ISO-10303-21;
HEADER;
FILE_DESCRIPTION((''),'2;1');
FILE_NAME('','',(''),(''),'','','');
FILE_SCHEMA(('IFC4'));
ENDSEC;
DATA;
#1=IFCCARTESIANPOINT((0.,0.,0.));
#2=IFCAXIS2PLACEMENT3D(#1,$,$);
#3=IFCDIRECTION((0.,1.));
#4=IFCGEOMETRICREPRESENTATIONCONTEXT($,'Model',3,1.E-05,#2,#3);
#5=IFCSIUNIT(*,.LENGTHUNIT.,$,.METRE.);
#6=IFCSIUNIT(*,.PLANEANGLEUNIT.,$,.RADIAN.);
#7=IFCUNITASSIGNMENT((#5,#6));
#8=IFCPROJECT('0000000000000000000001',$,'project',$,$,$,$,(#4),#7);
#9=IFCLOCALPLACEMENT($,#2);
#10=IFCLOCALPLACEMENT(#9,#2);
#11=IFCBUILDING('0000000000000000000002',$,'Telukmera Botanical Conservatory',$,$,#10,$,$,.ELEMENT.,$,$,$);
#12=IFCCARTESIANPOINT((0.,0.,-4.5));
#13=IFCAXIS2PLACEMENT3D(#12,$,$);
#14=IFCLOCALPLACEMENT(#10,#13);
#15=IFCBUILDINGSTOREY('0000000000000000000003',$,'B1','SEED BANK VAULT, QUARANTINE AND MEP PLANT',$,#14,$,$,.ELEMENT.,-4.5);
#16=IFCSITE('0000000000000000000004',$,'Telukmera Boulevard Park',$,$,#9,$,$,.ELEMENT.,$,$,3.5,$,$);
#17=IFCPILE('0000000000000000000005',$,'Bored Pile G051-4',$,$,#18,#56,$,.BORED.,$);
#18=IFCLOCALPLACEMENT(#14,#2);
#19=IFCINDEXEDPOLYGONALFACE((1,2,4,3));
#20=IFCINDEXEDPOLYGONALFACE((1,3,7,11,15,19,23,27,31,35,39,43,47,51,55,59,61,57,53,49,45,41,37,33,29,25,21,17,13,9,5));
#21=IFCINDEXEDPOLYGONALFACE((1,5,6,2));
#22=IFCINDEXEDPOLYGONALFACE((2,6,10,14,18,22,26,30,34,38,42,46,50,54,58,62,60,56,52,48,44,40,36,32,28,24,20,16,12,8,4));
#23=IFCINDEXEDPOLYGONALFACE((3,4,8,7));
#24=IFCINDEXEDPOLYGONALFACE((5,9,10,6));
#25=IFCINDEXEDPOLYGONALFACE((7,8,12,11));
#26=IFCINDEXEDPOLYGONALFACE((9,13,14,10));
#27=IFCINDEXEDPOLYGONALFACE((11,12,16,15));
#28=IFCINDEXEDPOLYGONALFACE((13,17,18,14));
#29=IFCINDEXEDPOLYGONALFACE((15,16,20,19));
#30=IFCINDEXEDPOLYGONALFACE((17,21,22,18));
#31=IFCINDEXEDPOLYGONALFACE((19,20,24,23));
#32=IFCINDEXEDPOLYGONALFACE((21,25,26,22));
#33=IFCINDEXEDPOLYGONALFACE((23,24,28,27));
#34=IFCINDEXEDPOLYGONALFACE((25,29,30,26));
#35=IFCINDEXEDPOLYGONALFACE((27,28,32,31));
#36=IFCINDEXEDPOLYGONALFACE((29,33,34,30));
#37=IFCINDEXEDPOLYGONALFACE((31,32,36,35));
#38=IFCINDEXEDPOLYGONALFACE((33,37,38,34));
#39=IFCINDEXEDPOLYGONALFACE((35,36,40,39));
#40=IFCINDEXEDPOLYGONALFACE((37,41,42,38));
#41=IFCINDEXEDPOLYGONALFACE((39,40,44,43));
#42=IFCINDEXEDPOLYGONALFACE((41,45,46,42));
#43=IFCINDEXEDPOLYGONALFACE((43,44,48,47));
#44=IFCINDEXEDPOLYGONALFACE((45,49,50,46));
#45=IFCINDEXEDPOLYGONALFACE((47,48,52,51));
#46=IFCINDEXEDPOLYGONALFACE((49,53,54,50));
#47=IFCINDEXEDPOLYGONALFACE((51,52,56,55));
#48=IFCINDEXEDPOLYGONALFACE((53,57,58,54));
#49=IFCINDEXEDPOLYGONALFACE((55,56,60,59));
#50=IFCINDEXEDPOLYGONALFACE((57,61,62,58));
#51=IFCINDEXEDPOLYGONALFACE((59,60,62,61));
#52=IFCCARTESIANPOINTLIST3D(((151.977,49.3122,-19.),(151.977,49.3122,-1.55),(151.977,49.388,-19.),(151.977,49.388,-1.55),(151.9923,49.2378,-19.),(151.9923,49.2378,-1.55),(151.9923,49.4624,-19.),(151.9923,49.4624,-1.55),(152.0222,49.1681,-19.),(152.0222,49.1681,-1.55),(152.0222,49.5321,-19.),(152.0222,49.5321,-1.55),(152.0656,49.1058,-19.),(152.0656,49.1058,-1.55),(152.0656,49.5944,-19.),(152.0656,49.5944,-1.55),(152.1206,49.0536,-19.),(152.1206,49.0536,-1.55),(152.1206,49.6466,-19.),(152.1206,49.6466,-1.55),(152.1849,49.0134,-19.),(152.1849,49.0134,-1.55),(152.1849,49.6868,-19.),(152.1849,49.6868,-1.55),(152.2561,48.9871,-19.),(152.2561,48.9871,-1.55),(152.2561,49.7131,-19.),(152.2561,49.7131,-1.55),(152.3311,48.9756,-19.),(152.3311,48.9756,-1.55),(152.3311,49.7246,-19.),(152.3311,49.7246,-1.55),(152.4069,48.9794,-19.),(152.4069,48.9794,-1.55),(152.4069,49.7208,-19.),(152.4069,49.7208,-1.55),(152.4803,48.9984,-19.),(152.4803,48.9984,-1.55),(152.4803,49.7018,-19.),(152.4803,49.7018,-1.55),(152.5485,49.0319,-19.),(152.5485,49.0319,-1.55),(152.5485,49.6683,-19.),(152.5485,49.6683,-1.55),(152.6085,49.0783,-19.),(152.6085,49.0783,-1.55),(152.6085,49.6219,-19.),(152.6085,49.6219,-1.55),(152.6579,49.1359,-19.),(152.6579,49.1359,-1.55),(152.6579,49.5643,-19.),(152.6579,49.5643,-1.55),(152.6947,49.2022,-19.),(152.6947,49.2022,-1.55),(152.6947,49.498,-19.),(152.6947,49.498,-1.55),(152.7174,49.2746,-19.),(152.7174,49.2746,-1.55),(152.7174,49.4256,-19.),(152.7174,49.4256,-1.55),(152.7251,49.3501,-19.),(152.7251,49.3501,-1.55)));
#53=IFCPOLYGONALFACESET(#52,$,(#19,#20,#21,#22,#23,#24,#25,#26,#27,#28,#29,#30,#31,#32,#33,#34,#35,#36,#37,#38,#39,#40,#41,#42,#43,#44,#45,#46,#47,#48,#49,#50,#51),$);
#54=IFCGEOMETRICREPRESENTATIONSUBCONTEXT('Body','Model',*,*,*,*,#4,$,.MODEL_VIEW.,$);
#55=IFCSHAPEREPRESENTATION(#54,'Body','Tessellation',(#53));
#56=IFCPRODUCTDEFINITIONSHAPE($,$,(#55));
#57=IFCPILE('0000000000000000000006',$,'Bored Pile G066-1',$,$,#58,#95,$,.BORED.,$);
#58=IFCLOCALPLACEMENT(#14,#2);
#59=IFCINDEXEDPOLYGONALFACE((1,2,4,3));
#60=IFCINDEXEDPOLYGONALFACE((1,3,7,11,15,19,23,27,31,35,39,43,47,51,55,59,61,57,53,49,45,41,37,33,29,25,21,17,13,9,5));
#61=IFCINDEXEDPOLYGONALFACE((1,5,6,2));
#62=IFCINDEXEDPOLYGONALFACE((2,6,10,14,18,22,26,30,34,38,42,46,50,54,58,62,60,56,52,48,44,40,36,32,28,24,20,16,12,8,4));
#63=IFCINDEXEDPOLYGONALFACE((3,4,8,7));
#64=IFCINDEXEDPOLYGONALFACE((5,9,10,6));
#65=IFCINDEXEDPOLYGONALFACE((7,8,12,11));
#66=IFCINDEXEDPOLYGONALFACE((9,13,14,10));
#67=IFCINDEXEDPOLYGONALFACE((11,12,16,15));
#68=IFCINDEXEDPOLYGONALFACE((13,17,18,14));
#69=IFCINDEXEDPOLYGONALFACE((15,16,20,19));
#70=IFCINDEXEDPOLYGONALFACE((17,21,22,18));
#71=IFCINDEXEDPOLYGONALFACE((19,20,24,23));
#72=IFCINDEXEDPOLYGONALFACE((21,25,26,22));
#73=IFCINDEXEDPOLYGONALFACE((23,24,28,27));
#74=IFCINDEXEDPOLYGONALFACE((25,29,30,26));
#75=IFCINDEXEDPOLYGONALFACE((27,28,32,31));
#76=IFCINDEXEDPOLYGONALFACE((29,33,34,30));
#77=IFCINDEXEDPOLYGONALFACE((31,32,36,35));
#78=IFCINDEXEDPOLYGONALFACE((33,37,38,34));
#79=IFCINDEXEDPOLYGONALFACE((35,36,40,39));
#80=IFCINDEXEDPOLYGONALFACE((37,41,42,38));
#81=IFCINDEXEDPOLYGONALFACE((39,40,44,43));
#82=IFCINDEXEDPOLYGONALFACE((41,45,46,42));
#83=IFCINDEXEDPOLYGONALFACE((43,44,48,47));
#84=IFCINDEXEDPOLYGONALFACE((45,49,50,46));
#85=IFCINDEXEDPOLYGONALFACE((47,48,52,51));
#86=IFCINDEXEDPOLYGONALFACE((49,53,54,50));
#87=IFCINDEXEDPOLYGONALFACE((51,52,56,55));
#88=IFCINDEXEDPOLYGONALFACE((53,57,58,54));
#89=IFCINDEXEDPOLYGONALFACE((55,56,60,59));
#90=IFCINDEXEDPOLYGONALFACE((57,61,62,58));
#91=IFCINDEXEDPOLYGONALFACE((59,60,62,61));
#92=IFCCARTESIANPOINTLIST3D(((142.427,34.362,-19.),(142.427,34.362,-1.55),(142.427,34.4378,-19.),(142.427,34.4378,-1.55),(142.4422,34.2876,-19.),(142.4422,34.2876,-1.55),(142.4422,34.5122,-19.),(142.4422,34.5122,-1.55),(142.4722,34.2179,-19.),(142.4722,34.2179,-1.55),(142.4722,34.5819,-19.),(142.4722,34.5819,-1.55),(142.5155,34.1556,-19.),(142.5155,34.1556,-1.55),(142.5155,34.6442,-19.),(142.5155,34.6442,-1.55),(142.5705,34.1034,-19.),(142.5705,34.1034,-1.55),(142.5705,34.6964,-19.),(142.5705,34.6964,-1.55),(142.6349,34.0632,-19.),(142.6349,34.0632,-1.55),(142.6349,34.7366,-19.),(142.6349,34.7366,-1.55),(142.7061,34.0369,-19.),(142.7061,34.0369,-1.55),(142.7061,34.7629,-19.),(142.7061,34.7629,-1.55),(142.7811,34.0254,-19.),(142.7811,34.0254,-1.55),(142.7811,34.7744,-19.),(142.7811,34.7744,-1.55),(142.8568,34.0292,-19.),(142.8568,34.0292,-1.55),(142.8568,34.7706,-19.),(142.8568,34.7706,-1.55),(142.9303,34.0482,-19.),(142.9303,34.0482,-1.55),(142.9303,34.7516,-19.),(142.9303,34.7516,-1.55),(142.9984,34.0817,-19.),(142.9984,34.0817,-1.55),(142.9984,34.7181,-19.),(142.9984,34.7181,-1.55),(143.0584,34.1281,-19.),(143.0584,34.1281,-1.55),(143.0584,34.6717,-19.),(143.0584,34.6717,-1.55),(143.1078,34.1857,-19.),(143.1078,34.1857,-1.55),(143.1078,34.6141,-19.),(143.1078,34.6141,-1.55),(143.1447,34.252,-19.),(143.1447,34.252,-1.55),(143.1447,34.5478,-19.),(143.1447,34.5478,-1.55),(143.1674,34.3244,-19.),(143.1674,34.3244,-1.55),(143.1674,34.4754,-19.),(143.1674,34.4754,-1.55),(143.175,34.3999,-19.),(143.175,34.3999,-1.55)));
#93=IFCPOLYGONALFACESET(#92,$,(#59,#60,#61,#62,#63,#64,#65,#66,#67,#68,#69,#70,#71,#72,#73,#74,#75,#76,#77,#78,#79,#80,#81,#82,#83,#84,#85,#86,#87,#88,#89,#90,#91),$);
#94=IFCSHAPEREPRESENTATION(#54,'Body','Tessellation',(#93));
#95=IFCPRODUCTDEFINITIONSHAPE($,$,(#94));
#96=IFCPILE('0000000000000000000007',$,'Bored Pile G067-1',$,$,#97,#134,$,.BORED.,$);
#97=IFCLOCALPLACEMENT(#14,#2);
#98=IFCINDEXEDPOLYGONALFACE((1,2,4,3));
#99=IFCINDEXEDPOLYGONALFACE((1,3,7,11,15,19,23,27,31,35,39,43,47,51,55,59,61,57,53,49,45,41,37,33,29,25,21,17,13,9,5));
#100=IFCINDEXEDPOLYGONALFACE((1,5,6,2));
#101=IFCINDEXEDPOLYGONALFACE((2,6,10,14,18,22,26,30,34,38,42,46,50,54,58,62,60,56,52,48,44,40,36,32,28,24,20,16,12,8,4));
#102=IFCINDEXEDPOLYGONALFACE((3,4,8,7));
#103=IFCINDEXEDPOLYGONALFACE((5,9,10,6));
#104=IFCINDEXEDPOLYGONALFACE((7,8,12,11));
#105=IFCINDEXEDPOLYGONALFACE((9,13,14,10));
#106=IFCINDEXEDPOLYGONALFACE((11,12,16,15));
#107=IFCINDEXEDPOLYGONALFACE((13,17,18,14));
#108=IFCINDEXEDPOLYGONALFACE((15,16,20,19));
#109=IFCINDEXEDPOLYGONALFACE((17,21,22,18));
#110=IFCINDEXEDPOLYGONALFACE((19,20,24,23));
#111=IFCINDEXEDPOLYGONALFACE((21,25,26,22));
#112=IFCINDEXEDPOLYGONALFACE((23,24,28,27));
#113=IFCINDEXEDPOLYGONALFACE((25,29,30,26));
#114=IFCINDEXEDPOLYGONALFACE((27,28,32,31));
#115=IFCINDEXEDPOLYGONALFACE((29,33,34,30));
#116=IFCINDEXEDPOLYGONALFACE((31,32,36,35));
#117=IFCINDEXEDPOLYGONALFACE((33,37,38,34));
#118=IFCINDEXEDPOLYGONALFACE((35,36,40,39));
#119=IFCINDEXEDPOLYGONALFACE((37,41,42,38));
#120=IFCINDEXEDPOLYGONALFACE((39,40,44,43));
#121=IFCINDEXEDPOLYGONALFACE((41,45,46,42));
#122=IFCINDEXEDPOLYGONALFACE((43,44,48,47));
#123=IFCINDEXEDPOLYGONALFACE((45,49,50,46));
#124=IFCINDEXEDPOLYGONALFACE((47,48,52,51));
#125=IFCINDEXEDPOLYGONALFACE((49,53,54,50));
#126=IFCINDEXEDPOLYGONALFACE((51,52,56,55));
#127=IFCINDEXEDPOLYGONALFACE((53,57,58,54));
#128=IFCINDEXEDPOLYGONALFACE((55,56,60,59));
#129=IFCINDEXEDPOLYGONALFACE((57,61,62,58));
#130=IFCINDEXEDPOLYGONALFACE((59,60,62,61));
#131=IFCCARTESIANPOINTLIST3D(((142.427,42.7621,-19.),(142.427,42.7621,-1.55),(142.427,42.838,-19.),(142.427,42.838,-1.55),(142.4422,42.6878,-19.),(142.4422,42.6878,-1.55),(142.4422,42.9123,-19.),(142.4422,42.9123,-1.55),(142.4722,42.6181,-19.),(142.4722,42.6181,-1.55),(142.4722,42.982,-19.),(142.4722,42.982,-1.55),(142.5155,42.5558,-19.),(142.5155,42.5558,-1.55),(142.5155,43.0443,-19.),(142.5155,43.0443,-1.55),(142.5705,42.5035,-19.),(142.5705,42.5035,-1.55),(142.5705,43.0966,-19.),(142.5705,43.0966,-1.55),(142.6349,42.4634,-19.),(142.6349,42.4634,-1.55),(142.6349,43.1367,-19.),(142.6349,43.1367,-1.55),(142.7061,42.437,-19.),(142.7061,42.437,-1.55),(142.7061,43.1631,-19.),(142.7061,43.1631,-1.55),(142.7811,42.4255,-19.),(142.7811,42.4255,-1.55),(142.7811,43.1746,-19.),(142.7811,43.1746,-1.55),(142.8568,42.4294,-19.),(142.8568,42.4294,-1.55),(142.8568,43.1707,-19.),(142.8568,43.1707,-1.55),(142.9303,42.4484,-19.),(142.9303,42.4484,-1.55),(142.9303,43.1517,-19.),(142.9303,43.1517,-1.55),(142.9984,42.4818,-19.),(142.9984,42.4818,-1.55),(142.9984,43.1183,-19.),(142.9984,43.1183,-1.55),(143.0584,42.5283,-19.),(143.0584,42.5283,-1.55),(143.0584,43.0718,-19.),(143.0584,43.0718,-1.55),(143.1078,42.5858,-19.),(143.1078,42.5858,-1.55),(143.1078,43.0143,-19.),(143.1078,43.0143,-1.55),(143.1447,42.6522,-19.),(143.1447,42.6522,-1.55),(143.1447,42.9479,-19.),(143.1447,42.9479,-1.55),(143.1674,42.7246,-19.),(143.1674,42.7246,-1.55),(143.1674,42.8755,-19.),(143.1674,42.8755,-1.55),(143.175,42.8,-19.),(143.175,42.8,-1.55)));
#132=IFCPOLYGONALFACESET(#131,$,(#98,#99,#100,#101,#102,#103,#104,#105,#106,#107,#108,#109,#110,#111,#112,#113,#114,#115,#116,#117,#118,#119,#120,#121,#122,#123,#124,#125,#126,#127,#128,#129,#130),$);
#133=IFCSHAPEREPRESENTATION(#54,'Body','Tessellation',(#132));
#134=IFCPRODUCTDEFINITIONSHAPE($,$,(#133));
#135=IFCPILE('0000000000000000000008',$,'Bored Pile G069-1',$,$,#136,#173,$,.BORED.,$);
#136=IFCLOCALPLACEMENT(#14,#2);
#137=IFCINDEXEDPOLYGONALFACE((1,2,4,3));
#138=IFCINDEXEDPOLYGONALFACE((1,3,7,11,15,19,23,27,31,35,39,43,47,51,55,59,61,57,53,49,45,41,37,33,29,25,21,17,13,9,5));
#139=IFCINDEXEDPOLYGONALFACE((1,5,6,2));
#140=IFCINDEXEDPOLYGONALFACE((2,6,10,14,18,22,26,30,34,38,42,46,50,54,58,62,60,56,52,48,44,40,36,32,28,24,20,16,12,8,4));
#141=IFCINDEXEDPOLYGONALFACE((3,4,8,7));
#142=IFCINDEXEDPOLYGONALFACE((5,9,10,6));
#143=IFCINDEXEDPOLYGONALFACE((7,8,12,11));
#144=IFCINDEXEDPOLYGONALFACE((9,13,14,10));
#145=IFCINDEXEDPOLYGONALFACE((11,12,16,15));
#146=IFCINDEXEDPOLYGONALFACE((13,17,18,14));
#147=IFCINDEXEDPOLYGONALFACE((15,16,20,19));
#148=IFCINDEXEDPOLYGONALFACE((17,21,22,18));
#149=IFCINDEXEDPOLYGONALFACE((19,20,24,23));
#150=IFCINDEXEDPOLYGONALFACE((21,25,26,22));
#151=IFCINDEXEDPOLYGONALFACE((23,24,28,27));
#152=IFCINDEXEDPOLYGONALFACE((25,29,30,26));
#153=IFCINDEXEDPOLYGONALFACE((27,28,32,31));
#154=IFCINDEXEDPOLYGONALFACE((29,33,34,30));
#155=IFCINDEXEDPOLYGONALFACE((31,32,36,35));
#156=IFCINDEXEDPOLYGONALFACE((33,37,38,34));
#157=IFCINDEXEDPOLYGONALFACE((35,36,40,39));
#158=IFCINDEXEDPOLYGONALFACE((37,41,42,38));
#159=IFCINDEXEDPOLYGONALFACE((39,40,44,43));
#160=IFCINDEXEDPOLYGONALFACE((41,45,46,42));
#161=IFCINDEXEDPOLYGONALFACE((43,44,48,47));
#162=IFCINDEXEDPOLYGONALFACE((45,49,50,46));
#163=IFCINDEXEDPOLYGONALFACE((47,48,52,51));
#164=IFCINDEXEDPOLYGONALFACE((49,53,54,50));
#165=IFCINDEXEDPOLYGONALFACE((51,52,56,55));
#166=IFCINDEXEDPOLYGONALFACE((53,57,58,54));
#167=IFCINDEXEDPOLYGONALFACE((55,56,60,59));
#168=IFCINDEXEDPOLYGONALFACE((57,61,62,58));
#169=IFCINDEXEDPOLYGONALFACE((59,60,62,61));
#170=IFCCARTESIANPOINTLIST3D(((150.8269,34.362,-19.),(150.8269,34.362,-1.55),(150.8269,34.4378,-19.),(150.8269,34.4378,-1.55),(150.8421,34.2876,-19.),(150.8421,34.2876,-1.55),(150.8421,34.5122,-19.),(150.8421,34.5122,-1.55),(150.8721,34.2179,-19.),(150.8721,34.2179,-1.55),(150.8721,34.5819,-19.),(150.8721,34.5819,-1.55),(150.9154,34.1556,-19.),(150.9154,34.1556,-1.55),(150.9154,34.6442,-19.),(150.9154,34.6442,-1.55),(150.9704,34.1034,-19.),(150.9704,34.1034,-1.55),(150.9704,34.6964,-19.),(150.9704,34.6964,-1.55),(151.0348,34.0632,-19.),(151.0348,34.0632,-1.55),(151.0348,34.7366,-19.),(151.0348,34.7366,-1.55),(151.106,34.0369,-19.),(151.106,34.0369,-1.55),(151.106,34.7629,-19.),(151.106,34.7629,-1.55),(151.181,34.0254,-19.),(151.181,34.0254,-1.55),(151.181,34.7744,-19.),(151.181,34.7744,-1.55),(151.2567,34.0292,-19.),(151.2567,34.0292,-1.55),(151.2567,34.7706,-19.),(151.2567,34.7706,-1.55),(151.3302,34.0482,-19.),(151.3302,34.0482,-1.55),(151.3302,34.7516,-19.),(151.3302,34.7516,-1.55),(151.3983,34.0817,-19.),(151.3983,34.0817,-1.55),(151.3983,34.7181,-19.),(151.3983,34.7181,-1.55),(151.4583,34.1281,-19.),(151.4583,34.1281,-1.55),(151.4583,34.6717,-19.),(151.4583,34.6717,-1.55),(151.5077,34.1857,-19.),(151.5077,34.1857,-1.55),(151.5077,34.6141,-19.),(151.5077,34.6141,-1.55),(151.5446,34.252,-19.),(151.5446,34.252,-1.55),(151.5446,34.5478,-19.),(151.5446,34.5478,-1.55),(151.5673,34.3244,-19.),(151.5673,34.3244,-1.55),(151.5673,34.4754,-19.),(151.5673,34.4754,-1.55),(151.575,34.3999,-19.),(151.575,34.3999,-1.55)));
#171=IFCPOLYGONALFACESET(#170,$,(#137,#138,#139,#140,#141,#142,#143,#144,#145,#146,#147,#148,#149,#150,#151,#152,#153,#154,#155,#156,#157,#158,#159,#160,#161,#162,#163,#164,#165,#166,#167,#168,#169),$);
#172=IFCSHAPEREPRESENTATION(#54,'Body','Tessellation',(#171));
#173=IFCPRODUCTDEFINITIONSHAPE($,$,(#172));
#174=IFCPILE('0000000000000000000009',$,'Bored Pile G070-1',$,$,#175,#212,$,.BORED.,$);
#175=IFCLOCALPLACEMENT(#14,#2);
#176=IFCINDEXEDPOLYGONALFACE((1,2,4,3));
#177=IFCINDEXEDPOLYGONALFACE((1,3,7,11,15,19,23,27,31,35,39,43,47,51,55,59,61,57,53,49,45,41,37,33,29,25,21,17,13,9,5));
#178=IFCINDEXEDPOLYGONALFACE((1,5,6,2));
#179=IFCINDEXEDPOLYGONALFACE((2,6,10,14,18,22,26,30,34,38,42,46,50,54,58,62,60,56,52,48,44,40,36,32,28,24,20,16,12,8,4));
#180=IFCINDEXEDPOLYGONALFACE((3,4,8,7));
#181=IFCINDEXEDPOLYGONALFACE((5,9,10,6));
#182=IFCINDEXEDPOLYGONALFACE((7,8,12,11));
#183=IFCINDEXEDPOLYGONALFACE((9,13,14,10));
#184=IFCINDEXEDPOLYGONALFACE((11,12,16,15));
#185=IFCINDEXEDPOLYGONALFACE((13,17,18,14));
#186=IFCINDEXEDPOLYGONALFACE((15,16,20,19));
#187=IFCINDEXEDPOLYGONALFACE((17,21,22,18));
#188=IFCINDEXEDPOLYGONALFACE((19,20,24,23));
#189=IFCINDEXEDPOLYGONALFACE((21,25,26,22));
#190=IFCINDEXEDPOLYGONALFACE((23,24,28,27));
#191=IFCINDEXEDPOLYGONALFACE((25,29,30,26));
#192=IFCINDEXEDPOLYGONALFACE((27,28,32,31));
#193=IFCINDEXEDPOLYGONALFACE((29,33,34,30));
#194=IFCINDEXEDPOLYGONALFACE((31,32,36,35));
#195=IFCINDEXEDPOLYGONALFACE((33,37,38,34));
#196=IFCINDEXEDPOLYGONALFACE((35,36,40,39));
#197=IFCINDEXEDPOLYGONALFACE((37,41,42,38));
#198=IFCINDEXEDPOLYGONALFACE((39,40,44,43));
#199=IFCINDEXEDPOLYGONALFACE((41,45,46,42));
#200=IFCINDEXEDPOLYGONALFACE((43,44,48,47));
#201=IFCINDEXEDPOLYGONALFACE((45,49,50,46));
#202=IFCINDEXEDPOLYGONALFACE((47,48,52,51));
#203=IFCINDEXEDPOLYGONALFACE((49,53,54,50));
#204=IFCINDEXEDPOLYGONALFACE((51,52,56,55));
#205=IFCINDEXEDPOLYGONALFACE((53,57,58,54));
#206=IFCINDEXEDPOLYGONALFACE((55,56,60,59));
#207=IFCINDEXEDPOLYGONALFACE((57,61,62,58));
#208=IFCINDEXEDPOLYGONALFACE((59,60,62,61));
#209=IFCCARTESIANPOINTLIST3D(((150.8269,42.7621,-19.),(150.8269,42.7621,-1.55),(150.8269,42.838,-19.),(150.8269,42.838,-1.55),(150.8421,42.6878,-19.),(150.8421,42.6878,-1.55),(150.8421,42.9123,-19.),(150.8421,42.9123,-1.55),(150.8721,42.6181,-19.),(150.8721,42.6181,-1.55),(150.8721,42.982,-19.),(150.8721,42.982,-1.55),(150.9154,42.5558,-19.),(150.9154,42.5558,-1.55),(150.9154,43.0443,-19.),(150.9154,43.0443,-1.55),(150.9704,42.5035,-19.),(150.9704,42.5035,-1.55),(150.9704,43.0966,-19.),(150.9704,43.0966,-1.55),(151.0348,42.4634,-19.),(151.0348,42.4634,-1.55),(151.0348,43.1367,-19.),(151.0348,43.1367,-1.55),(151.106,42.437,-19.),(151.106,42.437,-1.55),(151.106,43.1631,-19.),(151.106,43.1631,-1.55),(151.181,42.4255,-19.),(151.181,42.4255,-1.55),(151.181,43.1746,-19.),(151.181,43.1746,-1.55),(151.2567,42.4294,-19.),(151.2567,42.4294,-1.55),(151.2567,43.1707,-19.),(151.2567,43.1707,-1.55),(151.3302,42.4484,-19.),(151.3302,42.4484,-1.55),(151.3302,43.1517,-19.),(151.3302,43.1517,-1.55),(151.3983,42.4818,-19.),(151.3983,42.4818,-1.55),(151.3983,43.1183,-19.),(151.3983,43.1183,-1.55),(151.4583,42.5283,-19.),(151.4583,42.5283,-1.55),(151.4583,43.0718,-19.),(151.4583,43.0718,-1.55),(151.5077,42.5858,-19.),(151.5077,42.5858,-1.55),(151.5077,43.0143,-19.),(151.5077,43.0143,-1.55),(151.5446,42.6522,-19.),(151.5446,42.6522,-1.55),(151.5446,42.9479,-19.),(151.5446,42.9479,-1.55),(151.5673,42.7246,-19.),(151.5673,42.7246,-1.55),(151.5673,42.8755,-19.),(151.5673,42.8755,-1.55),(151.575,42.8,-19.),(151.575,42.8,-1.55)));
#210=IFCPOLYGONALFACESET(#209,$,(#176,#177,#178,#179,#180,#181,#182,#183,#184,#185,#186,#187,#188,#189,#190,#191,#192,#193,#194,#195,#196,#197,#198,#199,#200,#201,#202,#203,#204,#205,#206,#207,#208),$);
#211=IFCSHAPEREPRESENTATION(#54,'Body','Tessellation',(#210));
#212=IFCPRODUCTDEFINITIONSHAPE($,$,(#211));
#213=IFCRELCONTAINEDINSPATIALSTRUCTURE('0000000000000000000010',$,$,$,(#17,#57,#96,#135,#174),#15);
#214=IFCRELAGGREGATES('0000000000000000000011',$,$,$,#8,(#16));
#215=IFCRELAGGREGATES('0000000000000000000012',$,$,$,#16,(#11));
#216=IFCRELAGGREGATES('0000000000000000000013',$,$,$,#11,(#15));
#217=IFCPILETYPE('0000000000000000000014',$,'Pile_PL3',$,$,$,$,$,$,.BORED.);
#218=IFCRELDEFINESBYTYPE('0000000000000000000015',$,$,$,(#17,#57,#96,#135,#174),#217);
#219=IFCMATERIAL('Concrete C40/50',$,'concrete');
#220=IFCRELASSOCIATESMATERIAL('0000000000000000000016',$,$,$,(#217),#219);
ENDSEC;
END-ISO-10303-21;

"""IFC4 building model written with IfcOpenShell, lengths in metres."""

from ifc_helpers import new_model, si_unit, direction, frame, origin, origin_2d, place, context, subcontext, project, spatial, circle, extrude, material, material_profile, profile_set, type_object, element, save


model = new_model("IFC4")

# Units and contexts
model_context = context("Model", 3, precision=1e-05, world=origin(), true_north=direction((0.0, 1.0)))
body_context = subcontext(model_context, "Body", "Model", "MODEL_VIEW")
ifc_project = project(units=[si_unit("LENGTHUNIT", "METRE"), si_unit("PLANEANGLEUNIT", "RADIAN")], contexts=[model_context])

# Site, building, storey
site_placement = place(None, origin())
site = spatial("IfcSite", under=ifc_project, at=site_placement, Name="Telukmera Boulevard Park", CompositionType="ELEMENT", RefElevation=3.5)
building_placement = place(site_placement, origin())
building = spatial("IfcBuilding", under=site, at=building_placement, Name="Telukmera Botanical Conservatory", CompositionType="ELEMENT")
storey_placement = place(building_placement, frame((0.0, 0.0, -4.5)))
storey = spatial("IfcBuildingStorey", under=building, at=storey_placement, Name="B1", Description="SEED BANK VAULT, QUARANTINE AND MEP PLANT", CompositionType="ELEMENT", Elevation=-4.5)

# Shared definitions
ifc_material_1 = material(Name="Concrete C40/50", Category="concrete")

# Piles
ifc_material_profile_1 = material_profile(ifc_material_1, circle(Radius=0.375, at=origin_2d()), Name="PILE D750")
ifc_profile_set_1 = profile_set([ifc_material_profile_1], Name="Concrete C40/50")
pile_type = type_object("IfcPileType", Name="Pile_PL3", PredefinedType="BORED", material=ifc_profile_set_1)
for number, where, z_axis, x_axis, name in (
    (1, (152.3501, 49.3501, -1.55), (0.0, 0.0, -1.0), (1.0, 0.0, 0.0), "Bored Pile G051-4"),
    (2, (142.8, 34.3999, -1.55), (0.0, 0.0, -1.0), (1.0, 0.0, 0.0), "Bored Pile G066-1"),
    (3, (142.8, 42.8, -1.55), (0.0, 0.0, -1.0), (1.0, 0.0, 0.0), "Bored Pile G067-1"),
    (4, (151.2, 34.3999, -1.55), (0.0, 0.0, -1.0), (1.0, 0.0, 0.0), "Bored Pile G069-1"),
    (5, (151.2, 42.8, -1.55), (0.0, 0.0, -1.0), (1.0, 0.0, 0.0), "Bored Pile G070-1"),
):
    element("IfcPile", number, at=place(storey_placement, frame(where, z_axis=z_axis, x_axis=x_axis)), inside=storey, type_object=pile_type, Name=name, PredefinedType="BORED", context=body_context, shape_type="SweptSolid", body=[
        extrude(circle(Radius=0.375, at=origin_2d()), origin(), (0.0, 0.0, 1.0), 17.45),
    ])

save(model, "model.ifc")
